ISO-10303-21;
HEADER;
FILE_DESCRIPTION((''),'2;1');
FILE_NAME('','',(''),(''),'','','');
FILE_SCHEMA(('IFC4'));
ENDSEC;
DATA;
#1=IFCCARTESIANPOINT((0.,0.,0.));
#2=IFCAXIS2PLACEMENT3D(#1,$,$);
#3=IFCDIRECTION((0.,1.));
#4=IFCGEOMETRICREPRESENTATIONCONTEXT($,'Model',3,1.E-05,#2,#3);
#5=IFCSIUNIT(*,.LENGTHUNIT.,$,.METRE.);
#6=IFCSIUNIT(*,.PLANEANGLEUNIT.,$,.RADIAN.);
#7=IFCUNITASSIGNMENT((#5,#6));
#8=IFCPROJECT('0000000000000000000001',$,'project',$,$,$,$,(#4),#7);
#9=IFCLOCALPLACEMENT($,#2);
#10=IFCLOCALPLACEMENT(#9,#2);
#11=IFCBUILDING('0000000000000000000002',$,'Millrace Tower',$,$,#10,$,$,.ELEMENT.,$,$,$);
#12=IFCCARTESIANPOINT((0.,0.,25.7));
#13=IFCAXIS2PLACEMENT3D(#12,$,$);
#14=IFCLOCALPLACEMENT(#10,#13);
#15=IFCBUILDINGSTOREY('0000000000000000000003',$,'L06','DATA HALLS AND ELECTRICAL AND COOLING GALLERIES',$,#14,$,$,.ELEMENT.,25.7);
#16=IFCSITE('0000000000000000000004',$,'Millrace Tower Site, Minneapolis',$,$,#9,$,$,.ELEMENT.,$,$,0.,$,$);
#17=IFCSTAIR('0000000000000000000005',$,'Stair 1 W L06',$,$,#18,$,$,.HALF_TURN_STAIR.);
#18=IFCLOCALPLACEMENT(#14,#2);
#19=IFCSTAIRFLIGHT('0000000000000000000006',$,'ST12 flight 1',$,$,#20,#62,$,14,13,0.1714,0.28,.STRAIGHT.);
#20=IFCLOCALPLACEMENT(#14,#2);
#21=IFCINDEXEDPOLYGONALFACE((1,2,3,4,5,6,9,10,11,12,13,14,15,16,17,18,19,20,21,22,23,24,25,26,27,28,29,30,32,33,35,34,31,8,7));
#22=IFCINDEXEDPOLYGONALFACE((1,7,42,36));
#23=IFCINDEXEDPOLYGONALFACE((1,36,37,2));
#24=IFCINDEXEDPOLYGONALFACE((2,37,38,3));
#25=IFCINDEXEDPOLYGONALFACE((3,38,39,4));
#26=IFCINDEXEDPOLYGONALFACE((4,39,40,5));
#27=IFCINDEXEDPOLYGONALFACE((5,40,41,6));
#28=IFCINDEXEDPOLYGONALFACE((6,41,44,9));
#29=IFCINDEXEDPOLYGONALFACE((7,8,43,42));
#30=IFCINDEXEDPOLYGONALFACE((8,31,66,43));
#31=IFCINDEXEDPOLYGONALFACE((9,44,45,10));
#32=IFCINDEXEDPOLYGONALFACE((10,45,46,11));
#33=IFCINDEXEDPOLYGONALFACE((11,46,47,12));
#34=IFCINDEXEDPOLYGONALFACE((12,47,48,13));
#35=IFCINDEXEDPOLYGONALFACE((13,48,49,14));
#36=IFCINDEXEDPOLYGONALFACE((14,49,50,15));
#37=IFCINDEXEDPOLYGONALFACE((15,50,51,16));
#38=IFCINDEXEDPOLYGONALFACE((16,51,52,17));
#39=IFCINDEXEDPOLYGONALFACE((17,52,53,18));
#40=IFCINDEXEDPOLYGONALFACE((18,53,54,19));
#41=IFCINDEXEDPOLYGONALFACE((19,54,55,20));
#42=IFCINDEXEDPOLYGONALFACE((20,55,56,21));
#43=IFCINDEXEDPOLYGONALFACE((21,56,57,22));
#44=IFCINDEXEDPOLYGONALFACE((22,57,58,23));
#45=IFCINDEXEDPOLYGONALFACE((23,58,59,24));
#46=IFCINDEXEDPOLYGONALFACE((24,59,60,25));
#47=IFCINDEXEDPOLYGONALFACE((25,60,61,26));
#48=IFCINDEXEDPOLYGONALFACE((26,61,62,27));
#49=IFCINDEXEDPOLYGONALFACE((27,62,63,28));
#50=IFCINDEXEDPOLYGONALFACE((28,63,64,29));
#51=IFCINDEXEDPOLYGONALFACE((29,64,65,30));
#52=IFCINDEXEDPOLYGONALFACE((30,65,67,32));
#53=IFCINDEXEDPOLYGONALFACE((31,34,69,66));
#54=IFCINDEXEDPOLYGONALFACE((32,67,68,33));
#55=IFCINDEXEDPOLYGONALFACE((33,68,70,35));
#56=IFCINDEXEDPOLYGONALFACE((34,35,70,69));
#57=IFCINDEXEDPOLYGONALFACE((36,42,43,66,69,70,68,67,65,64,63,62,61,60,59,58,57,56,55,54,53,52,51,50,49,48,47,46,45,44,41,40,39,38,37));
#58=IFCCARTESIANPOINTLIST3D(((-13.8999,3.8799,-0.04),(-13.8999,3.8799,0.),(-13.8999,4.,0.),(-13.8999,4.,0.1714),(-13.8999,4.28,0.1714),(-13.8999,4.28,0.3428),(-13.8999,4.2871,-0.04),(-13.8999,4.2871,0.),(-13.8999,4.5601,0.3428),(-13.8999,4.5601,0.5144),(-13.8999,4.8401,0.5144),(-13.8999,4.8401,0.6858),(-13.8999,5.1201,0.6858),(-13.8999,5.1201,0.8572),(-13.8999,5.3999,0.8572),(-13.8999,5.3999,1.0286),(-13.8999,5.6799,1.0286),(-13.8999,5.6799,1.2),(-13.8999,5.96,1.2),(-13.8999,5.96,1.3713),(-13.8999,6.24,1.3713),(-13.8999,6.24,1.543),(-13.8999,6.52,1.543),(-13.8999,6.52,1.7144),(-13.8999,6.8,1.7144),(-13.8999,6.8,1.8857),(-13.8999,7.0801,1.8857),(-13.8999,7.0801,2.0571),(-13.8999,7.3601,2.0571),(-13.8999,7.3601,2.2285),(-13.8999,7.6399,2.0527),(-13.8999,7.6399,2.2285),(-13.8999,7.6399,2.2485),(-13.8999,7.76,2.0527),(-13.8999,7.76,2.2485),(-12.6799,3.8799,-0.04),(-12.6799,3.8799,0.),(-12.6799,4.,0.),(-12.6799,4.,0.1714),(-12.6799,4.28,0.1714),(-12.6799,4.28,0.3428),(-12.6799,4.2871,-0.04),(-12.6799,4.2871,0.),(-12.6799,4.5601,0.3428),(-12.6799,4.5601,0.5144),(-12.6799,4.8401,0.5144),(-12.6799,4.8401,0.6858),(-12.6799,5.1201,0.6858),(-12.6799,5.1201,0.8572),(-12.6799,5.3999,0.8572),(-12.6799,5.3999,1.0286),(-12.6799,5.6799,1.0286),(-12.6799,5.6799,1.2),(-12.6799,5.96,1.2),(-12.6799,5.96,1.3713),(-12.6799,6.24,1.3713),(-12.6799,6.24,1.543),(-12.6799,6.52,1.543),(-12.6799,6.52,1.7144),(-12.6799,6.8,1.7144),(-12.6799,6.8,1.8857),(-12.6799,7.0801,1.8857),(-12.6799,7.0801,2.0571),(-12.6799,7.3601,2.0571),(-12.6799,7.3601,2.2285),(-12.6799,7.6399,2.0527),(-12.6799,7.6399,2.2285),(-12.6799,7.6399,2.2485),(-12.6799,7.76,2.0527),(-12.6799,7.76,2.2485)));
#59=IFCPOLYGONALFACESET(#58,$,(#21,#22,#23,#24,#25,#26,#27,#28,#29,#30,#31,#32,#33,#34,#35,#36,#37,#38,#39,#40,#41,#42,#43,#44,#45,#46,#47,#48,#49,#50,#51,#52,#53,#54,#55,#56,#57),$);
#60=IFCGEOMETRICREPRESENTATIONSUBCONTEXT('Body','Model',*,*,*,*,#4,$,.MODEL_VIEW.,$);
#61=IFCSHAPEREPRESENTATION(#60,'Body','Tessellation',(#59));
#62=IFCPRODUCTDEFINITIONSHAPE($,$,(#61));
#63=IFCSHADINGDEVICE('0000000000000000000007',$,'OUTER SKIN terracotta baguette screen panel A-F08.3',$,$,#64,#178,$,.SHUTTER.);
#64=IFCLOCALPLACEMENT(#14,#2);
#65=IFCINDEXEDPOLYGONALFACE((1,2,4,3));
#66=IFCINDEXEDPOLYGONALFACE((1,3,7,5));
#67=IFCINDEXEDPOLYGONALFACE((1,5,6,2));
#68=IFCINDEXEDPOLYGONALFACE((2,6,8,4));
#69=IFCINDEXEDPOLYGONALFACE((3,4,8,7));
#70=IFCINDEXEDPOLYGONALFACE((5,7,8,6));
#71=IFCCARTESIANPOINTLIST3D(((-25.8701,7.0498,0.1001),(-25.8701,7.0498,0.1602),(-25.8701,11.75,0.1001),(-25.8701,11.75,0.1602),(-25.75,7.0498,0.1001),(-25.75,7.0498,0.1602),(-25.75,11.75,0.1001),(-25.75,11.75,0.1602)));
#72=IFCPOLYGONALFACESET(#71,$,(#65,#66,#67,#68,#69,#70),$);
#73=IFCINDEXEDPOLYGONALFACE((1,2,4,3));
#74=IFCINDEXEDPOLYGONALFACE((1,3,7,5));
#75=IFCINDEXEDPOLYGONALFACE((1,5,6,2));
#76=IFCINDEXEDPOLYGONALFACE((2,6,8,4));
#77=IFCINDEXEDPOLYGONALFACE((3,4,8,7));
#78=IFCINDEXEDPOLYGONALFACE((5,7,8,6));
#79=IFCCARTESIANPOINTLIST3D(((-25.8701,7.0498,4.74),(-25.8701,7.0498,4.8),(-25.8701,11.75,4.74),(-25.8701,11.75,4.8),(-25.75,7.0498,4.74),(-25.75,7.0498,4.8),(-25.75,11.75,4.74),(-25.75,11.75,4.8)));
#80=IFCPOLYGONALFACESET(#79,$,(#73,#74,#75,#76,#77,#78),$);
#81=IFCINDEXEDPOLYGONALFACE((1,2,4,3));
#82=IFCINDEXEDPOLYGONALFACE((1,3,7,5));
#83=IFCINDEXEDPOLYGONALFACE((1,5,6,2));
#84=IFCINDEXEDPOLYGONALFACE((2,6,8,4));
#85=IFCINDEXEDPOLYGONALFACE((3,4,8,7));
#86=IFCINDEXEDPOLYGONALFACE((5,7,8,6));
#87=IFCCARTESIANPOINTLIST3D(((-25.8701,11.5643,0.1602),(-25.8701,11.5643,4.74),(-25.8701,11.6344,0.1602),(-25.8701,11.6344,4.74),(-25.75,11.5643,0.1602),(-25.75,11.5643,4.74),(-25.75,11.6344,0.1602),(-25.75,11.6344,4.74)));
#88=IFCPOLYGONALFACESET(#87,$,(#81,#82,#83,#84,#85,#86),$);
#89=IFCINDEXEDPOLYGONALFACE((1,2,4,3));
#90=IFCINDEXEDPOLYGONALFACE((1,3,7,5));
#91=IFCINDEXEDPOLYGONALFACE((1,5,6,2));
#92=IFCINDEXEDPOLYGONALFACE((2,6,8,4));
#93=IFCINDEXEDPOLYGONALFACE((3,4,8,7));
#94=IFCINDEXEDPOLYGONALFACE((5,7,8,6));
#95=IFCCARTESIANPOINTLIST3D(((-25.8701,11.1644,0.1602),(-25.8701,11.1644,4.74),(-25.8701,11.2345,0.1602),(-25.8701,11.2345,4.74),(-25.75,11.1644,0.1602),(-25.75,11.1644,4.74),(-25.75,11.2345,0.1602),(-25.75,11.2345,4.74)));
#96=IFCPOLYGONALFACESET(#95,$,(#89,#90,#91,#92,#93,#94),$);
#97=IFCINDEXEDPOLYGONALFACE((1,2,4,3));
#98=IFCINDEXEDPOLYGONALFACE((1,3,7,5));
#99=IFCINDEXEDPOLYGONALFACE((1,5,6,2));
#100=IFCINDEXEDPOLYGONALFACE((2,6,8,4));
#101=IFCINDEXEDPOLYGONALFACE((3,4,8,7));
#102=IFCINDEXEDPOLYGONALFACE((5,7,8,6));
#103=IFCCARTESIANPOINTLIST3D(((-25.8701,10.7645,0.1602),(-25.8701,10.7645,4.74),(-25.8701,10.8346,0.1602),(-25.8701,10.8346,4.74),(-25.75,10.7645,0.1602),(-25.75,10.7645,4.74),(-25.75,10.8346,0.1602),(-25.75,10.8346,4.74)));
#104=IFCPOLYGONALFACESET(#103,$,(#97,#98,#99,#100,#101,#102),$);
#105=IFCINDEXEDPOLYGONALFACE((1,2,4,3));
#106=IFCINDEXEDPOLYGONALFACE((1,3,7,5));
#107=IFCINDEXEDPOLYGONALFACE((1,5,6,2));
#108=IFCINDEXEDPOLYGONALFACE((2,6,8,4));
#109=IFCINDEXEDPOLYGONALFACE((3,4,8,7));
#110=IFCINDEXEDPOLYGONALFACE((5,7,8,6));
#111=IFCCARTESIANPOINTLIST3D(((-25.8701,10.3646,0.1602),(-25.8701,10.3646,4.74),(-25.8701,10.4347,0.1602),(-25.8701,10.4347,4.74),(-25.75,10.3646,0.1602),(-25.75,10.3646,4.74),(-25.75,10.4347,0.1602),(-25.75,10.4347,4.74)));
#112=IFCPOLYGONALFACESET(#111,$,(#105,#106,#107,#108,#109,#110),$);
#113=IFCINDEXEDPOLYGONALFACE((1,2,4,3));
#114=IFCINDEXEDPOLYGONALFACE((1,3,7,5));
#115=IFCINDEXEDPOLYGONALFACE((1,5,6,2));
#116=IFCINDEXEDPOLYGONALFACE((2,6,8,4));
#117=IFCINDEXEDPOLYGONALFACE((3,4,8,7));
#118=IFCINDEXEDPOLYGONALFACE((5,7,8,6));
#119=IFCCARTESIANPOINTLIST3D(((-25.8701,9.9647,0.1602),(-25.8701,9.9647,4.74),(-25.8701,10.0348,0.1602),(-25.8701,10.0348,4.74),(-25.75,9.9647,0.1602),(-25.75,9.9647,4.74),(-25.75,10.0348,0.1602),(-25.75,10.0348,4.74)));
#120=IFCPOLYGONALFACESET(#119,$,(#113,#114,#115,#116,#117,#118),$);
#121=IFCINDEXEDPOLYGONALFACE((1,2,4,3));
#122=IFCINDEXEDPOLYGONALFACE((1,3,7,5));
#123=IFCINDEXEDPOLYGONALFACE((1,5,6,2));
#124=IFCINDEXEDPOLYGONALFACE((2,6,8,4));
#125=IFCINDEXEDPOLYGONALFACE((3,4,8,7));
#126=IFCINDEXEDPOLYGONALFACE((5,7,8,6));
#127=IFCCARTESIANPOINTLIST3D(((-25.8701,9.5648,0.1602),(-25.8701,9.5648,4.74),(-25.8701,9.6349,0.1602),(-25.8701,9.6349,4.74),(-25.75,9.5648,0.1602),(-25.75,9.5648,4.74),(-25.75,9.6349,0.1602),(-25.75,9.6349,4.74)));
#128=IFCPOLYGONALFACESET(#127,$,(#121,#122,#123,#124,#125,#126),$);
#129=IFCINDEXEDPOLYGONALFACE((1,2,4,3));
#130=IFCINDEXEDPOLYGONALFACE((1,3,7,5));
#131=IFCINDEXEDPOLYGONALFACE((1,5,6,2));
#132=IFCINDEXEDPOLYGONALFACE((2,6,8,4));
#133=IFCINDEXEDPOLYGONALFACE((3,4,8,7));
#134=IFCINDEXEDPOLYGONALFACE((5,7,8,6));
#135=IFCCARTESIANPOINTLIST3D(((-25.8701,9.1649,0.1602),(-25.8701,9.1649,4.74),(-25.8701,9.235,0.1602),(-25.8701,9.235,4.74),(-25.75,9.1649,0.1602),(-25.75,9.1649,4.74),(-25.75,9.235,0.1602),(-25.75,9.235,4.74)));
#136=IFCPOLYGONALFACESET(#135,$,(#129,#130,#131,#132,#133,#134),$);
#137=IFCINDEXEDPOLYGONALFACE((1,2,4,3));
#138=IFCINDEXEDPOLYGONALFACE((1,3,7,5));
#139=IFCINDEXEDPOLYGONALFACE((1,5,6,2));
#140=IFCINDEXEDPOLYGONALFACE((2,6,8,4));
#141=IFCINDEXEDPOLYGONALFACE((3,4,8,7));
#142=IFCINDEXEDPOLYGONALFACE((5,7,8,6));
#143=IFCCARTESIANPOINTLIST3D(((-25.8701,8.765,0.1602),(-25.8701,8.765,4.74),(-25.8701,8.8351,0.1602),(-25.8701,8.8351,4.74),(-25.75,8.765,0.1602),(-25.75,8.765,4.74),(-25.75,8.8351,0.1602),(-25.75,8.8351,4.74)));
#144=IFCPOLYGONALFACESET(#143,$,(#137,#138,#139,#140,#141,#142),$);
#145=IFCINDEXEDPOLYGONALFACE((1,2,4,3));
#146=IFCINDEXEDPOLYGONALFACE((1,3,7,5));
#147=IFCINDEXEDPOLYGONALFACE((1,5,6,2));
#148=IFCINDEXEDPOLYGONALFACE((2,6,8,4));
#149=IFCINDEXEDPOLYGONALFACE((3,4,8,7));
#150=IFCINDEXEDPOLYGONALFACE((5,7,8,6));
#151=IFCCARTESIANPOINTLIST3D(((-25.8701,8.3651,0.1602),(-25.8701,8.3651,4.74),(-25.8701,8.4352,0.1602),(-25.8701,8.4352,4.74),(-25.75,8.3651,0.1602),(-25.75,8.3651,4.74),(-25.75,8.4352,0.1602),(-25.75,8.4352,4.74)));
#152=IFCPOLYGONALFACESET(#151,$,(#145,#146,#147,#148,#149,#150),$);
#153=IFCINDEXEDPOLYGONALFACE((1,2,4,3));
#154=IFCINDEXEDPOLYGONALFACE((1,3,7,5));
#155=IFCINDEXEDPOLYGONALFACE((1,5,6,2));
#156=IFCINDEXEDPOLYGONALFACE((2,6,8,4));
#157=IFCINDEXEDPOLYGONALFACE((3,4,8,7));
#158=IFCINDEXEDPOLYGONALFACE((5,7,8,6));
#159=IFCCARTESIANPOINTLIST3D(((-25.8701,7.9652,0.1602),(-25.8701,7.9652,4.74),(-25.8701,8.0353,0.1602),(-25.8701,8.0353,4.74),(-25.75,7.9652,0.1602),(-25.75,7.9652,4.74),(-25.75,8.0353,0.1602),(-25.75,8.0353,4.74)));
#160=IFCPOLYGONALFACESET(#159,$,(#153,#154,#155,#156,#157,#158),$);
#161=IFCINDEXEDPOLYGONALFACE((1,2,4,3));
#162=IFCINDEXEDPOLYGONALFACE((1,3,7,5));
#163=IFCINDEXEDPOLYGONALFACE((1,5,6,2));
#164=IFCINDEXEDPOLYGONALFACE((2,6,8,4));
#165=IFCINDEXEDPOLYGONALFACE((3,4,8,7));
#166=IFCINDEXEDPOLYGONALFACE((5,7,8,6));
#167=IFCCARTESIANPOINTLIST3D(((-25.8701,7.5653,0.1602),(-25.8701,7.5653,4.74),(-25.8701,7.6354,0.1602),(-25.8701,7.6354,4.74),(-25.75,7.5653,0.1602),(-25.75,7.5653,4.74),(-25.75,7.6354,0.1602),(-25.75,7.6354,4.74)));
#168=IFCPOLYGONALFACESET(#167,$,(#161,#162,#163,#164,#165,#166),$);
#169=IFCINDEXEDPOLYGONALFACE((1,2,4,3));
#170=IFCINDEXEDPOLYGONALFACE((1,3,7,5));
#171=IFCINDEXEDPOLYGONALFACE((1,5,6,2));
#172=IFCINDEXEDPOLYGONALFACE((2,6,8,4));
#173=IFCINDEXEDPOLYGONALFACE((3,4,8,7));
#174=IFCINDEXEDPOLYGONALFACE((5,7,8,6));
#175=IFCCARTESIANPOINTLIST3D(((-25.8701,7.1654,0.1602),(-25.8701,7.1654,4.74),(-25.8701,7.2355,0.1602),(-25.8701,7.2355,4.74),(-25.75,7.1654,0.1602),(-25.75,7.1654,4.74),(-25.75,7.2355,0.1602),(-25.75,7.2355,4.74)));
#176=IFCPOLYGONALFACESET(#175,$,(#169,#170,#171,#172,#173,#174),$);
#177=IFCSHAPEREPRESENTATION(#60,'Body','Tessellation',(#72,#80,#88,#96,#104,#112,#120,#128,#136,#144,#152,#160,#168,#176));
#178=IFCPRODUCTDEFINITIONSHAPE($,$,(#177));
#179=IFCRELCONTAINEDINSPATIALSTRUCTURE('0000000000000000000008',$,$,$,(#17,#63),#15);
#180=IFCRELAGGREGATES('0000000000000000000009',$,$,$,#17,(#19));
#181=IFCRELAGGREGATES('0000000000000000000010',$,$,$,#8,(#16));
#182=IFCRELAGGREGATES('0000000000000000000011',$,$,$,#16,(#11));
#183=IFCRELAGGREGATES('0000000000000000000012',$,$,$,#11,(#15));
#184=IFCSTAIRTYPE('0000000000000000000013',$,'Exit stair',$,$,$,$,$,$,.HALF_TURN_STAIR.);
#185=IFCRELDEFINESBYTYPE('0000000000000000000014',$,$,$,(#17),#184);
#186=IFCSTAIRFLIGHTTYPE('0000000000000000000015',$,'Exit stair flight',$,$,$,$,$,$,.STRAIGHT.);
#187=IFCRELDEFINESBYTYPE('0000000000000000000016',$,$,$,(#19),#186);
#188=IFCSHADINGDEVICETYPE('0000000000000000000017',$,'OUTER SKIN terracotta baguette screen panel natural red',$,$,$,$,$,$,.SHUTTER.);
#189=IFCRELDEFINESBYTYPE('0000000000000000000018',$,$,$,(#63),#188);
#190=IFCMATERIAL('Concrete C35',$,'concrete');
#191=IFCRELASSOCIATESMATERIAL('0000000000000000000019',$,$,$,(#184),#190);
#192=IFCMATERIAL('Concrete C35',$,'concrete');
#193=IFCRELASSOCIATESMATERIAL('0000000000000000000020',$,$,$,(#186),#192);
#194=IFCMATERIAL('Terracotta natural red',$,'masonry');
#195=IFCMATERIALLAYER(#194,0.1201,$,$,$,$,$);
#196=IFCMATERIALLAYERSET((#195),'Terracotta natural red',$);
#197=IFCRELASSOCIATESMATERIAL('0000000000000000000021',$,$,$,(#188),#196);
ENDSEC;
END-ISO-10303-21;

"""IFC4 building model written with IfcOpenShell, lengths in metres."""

from ifc_helpers import new_model, entity, si_unit, direction, frame, frame_2d, origin, place, context, subcontext, project, spatial, polyline, rectangle, outline, extrude, source, transform, mapped, material, layer, layer_set, type_object, element, aggregate, save


model = new_model("IFC4")

# Units and contexts
model_context = context("Model", 3, precision=1e-05, world=origin(), true_north=direction((0.0, 1.0)))
body_context = subcontext(model_context, "Body", "Model", "MODEL_VIEW")
ifc_project = project(units=[si_unit("LENGTHUNIT", "METRE"), si_unit("PLANEANGLEUNIT", "RADIAN")], contexts=[model_context])

# Site, building, storey
site_placement = place(None, origin())
site = spatial("IfcSite", under=ifc_project, at=site_placement, Name="Millrace Tower Site, Minneapolis", CompositionType="ELEMENT", RefElevation=0.0)
building_placement = place(site_placement, origin())
building = spatial("IfcBuilding", under=site, at=building_placement, Name="Millrace Tower", CompositionType="ELEMENT")
storey_placement = place(building_placement, frame((0.0, 0.0, 25.7)))
storey = spatial("IfcBuildingStorey", under=building, at=storey_placement, Name="L06", Description="DATA HALLS AND ELECTRICAL AND COOLING GALLERIES", CompositionType="ELEMENT", Elevation=25.7)

# Shared definitions
placement = place(storey_placement, origin())

# Stair, stair flight
ifc_material_1 = material(Name="Concrete C35", Category="concrete")
stair_type = type_object("IfcStairType", Name="Exit stair", PredefinedType="HALF_TURN_STAIR", material=ifc_material_1)
stair = element("IfcStair", 1, at=placement, inside=storey, type_object=stair_type, Name="Stair 1 W L06", PredefinedType="HALF_TURN_STAIR")
ifc_material_2 = material(Name="Concrete C35", Category="concrete")
stair_flight_type = type_object("IfcStairFlightType", Name="Exit stair flight", PredefinedType="STRAIGHT", material=ifc_material_2)
stair_flight_placement = place(storey_placement, frame((-13.29, 4.0, 0.0), z_axis=(0.0, 0.0, 1.0), x_axis=(0.0, 1.0, 0.0)))
stair_flight = element("IfcStairFlight", 2, at=stair_flight_placement, type_object=stair_flight_type, Name="ST12 flight 1", NumberOfRisers=14, NumberOfTreads=13, PredefinedType="STRAIGHT", RiserHeight=0.1714, TreadLength=0.28, context=body_context, shape_type="SweptSolid", body=[
    extrude(outline(polyline([(-0.1201, -0.04), (-0.1201, 0.0), (0.0, 0.0), (0.0, 0.1714), (0.28, 0.1714), (0.28, 0.3428), (0.5601, 0.3428), (0.5601, 0.5144), (0.8401, 0.5144), (0.8401, 0.6858), (1.1201, 0.6858), (1.1201, 0.8572), (1.3999, 0.8572), (1.3999, 1.0286), (1.6799, 1.0286), (1.6799, 1.2), (1.96, 1.2), (1.96, 1.3713), (2.24, 1.3713), (2.24, 1.543), (2.52, 1.543), (2.52, 1.7144), (2.8, 1.7144), (2.8, 1.8857), (3.0801, 1.8857), (3.0801, 2.0571), (3.3601, 2.0571), (3.3601, 2.2285), (3.6399, 2.2285), (3.6399, 2.2485), (3.76, 2.2485), (3.76, 2.0527), (3.6399, 2.0527), (0.2871, 0.0), (0.2871, -0.04), (-0.1201, -0.04)])), frame((0.0, 0.6099, 0.0), z_axis=(0.0, -1.0, 0.0), x_axis=(1.0, 0.0, 0.0)), (0.0, 0.0, 1.0), 1.22),
])
aggregate(stair, [stair_flight])

# Shading device
ifc_material_3 = material(Name="Terracotta natural red", Category="masonry")
ifc_layer_1 = layer(ifc_material_3, 0.1201)
ifc_layer_set_1 = layer_set([ifc_layer_1], Name="Terracotta natural red")
shading_device_type = type_object("IfcShadingDeviceType", Name="OUTER SKIN terracotta baguette screen panel natural red", PredefinedType="SHUTTER", material=ifc_layer_set_1)
cartesian_point = entity("IfcCartesianPoint", [-2.3501, 0.0601])
shared_polyline = entity("IfcPolyline", [cartesian_point, entity("IfcCartesianPoint", [2.3501, 0.0601]), entity("IfcCartesianPoint", [2.3501, -0.0601]), entity("IfcCartesianPoint", [-2.3501, -0.0601]), cartesian_point])
shared_shape = source(origin(), body_context, "Body", "SweptSolid", [
    entity("IfcExtrudedAreaSolid", entity("IfcArbitraryClosedProfileDef", "AREA", None, shared_polyline), entity("IfcAxis2Placement3D", entity("IfcCartesianPoint", [0.0, 0.0, 0.0])), entity("IfcDirection", [0.0, 0.0, 1.0]), 0.0601),
    entity("IfcExtrudedAreaSolid", entity("IfcArbitraryClosedProfileDef", "AREA", None, shared_polyline), entity("IfcAxis2Placement3D", entity("IfcCartesianPoint", [0.0, 0.0, 4.6399])), entity("IfcDirection", [0.0, 0.0, 1.0]), 0.0601),
    extrude(rectangle(XDim=0.0701, YDim=0.1201, at=frame_2d((-2.1995, 0.0))), frame((0.0, 0.0, 0.0601)), (0.0, 0.0, 1.0), 4.5798),
    extrude(rectangle(XDim=0.0701, YDim=0.1201, at=frame_2d((-1.7996, 0.0))), frame((0.0, 0.0, 0.0601)), (0.0, 0.0, 1.0), 4.5798),
    extrude(rectangle(XDim=0.0701, YDim=0.1201, at=frame_2d((-1.3997, 0.0))), frame((0.0, 0.0, 0.0601)), (0.0, 0.0, 1.0), 4.5798),
    extrude(rectangle(XDim=0.0701, YDim=0.1201, at=frame_2d((-0.9998, 0.0))), frame((0.0, 0.0, 0.0601)), (0.0, 0.0, 1.0), 4.5798),
    extrude(rectangle(XDim=0.0701, YDim=0.1201, at=frame_2d((-0.5999, 0.0))), frame((0.0, 0.0, 0.0601)), (0.0, 0.0, 1.0), 4.5798),
    extrude(rectangle(XDim=0.0701, YDim=0.1201, at=frame_2d((-0.2, 0.0))), frame((0.0, 0.0, 0.0601)), (0.0, 0.0, 1.0), 4.5798),
    extrude(rectangle(XDim=0.0701, YDim=0.1201, at=frame_2d((0.2, 0.0))), frame((0.0, 0.0, 0.0601)), (0.0, 0.0, 1.0), 4.5798),
    extrude(rectangle(XDim=0.0701, YDim=0.1201, at=frame_2d((0.5999, 0.0))), frame((0.0, 0.0, 0.0601)), (0.0, 0.0, 1.0), 4.5798),
    extrude(rectangle(XDim=0.0701, YDim=0.1201, at=frame_2d((0.9998, 0.0))), frame((0.0, 0.0, 0.0601)), (0.0, 0.0, 1.0), 4.5798),
    extrude(rectangle(XDim=0.0701, YDim=0.1201, at=frame_2d((1.3997, 0.0))), frame((0.0, 0.0, 0.0601)), (0.0, 0.0, 1.0), 4.5798),
    extrude(rectangle(XDim=0.0701, YDim=0.1201, at=frame_2d((1.7996, 0.0))), frame((0.0, 0.0, 0.0601)), (0.0, 0.0, 1.0), 4.5798),
    extrude(rectangle(XDim=0.0701, YDim=0.1201, at=frame_2d((2.1995, 0.0))), frame((0.0, 0.0, 0.0601)), (0.0, 0.0, 1.0), 4.5798),
])
for number, where, z_axis, x_axis, name in (
    (3, (-25.8101, 9.3999, 0.1001), (0.0, 0.0, 1.0), (0.0, -1.0, 0.0), "OUTER SKIN terracotta baguette screen panel A-F08.3"),
):
    element("IfcShadingDevice", number, at=place(storey_placement, frame(where, z_axis=z_axis, x_axis=x_axis)), inside=storey, type_object=shading_device_type, Name=name, PredefinedType="SHUTTER", context=body_context, shape_type="MappedRepresentation", body=[
        mapped(shared_shape, transform((0.0, 0.0, 0.0), scale=1.0)),
    ])

save(model, "model.ifc")
